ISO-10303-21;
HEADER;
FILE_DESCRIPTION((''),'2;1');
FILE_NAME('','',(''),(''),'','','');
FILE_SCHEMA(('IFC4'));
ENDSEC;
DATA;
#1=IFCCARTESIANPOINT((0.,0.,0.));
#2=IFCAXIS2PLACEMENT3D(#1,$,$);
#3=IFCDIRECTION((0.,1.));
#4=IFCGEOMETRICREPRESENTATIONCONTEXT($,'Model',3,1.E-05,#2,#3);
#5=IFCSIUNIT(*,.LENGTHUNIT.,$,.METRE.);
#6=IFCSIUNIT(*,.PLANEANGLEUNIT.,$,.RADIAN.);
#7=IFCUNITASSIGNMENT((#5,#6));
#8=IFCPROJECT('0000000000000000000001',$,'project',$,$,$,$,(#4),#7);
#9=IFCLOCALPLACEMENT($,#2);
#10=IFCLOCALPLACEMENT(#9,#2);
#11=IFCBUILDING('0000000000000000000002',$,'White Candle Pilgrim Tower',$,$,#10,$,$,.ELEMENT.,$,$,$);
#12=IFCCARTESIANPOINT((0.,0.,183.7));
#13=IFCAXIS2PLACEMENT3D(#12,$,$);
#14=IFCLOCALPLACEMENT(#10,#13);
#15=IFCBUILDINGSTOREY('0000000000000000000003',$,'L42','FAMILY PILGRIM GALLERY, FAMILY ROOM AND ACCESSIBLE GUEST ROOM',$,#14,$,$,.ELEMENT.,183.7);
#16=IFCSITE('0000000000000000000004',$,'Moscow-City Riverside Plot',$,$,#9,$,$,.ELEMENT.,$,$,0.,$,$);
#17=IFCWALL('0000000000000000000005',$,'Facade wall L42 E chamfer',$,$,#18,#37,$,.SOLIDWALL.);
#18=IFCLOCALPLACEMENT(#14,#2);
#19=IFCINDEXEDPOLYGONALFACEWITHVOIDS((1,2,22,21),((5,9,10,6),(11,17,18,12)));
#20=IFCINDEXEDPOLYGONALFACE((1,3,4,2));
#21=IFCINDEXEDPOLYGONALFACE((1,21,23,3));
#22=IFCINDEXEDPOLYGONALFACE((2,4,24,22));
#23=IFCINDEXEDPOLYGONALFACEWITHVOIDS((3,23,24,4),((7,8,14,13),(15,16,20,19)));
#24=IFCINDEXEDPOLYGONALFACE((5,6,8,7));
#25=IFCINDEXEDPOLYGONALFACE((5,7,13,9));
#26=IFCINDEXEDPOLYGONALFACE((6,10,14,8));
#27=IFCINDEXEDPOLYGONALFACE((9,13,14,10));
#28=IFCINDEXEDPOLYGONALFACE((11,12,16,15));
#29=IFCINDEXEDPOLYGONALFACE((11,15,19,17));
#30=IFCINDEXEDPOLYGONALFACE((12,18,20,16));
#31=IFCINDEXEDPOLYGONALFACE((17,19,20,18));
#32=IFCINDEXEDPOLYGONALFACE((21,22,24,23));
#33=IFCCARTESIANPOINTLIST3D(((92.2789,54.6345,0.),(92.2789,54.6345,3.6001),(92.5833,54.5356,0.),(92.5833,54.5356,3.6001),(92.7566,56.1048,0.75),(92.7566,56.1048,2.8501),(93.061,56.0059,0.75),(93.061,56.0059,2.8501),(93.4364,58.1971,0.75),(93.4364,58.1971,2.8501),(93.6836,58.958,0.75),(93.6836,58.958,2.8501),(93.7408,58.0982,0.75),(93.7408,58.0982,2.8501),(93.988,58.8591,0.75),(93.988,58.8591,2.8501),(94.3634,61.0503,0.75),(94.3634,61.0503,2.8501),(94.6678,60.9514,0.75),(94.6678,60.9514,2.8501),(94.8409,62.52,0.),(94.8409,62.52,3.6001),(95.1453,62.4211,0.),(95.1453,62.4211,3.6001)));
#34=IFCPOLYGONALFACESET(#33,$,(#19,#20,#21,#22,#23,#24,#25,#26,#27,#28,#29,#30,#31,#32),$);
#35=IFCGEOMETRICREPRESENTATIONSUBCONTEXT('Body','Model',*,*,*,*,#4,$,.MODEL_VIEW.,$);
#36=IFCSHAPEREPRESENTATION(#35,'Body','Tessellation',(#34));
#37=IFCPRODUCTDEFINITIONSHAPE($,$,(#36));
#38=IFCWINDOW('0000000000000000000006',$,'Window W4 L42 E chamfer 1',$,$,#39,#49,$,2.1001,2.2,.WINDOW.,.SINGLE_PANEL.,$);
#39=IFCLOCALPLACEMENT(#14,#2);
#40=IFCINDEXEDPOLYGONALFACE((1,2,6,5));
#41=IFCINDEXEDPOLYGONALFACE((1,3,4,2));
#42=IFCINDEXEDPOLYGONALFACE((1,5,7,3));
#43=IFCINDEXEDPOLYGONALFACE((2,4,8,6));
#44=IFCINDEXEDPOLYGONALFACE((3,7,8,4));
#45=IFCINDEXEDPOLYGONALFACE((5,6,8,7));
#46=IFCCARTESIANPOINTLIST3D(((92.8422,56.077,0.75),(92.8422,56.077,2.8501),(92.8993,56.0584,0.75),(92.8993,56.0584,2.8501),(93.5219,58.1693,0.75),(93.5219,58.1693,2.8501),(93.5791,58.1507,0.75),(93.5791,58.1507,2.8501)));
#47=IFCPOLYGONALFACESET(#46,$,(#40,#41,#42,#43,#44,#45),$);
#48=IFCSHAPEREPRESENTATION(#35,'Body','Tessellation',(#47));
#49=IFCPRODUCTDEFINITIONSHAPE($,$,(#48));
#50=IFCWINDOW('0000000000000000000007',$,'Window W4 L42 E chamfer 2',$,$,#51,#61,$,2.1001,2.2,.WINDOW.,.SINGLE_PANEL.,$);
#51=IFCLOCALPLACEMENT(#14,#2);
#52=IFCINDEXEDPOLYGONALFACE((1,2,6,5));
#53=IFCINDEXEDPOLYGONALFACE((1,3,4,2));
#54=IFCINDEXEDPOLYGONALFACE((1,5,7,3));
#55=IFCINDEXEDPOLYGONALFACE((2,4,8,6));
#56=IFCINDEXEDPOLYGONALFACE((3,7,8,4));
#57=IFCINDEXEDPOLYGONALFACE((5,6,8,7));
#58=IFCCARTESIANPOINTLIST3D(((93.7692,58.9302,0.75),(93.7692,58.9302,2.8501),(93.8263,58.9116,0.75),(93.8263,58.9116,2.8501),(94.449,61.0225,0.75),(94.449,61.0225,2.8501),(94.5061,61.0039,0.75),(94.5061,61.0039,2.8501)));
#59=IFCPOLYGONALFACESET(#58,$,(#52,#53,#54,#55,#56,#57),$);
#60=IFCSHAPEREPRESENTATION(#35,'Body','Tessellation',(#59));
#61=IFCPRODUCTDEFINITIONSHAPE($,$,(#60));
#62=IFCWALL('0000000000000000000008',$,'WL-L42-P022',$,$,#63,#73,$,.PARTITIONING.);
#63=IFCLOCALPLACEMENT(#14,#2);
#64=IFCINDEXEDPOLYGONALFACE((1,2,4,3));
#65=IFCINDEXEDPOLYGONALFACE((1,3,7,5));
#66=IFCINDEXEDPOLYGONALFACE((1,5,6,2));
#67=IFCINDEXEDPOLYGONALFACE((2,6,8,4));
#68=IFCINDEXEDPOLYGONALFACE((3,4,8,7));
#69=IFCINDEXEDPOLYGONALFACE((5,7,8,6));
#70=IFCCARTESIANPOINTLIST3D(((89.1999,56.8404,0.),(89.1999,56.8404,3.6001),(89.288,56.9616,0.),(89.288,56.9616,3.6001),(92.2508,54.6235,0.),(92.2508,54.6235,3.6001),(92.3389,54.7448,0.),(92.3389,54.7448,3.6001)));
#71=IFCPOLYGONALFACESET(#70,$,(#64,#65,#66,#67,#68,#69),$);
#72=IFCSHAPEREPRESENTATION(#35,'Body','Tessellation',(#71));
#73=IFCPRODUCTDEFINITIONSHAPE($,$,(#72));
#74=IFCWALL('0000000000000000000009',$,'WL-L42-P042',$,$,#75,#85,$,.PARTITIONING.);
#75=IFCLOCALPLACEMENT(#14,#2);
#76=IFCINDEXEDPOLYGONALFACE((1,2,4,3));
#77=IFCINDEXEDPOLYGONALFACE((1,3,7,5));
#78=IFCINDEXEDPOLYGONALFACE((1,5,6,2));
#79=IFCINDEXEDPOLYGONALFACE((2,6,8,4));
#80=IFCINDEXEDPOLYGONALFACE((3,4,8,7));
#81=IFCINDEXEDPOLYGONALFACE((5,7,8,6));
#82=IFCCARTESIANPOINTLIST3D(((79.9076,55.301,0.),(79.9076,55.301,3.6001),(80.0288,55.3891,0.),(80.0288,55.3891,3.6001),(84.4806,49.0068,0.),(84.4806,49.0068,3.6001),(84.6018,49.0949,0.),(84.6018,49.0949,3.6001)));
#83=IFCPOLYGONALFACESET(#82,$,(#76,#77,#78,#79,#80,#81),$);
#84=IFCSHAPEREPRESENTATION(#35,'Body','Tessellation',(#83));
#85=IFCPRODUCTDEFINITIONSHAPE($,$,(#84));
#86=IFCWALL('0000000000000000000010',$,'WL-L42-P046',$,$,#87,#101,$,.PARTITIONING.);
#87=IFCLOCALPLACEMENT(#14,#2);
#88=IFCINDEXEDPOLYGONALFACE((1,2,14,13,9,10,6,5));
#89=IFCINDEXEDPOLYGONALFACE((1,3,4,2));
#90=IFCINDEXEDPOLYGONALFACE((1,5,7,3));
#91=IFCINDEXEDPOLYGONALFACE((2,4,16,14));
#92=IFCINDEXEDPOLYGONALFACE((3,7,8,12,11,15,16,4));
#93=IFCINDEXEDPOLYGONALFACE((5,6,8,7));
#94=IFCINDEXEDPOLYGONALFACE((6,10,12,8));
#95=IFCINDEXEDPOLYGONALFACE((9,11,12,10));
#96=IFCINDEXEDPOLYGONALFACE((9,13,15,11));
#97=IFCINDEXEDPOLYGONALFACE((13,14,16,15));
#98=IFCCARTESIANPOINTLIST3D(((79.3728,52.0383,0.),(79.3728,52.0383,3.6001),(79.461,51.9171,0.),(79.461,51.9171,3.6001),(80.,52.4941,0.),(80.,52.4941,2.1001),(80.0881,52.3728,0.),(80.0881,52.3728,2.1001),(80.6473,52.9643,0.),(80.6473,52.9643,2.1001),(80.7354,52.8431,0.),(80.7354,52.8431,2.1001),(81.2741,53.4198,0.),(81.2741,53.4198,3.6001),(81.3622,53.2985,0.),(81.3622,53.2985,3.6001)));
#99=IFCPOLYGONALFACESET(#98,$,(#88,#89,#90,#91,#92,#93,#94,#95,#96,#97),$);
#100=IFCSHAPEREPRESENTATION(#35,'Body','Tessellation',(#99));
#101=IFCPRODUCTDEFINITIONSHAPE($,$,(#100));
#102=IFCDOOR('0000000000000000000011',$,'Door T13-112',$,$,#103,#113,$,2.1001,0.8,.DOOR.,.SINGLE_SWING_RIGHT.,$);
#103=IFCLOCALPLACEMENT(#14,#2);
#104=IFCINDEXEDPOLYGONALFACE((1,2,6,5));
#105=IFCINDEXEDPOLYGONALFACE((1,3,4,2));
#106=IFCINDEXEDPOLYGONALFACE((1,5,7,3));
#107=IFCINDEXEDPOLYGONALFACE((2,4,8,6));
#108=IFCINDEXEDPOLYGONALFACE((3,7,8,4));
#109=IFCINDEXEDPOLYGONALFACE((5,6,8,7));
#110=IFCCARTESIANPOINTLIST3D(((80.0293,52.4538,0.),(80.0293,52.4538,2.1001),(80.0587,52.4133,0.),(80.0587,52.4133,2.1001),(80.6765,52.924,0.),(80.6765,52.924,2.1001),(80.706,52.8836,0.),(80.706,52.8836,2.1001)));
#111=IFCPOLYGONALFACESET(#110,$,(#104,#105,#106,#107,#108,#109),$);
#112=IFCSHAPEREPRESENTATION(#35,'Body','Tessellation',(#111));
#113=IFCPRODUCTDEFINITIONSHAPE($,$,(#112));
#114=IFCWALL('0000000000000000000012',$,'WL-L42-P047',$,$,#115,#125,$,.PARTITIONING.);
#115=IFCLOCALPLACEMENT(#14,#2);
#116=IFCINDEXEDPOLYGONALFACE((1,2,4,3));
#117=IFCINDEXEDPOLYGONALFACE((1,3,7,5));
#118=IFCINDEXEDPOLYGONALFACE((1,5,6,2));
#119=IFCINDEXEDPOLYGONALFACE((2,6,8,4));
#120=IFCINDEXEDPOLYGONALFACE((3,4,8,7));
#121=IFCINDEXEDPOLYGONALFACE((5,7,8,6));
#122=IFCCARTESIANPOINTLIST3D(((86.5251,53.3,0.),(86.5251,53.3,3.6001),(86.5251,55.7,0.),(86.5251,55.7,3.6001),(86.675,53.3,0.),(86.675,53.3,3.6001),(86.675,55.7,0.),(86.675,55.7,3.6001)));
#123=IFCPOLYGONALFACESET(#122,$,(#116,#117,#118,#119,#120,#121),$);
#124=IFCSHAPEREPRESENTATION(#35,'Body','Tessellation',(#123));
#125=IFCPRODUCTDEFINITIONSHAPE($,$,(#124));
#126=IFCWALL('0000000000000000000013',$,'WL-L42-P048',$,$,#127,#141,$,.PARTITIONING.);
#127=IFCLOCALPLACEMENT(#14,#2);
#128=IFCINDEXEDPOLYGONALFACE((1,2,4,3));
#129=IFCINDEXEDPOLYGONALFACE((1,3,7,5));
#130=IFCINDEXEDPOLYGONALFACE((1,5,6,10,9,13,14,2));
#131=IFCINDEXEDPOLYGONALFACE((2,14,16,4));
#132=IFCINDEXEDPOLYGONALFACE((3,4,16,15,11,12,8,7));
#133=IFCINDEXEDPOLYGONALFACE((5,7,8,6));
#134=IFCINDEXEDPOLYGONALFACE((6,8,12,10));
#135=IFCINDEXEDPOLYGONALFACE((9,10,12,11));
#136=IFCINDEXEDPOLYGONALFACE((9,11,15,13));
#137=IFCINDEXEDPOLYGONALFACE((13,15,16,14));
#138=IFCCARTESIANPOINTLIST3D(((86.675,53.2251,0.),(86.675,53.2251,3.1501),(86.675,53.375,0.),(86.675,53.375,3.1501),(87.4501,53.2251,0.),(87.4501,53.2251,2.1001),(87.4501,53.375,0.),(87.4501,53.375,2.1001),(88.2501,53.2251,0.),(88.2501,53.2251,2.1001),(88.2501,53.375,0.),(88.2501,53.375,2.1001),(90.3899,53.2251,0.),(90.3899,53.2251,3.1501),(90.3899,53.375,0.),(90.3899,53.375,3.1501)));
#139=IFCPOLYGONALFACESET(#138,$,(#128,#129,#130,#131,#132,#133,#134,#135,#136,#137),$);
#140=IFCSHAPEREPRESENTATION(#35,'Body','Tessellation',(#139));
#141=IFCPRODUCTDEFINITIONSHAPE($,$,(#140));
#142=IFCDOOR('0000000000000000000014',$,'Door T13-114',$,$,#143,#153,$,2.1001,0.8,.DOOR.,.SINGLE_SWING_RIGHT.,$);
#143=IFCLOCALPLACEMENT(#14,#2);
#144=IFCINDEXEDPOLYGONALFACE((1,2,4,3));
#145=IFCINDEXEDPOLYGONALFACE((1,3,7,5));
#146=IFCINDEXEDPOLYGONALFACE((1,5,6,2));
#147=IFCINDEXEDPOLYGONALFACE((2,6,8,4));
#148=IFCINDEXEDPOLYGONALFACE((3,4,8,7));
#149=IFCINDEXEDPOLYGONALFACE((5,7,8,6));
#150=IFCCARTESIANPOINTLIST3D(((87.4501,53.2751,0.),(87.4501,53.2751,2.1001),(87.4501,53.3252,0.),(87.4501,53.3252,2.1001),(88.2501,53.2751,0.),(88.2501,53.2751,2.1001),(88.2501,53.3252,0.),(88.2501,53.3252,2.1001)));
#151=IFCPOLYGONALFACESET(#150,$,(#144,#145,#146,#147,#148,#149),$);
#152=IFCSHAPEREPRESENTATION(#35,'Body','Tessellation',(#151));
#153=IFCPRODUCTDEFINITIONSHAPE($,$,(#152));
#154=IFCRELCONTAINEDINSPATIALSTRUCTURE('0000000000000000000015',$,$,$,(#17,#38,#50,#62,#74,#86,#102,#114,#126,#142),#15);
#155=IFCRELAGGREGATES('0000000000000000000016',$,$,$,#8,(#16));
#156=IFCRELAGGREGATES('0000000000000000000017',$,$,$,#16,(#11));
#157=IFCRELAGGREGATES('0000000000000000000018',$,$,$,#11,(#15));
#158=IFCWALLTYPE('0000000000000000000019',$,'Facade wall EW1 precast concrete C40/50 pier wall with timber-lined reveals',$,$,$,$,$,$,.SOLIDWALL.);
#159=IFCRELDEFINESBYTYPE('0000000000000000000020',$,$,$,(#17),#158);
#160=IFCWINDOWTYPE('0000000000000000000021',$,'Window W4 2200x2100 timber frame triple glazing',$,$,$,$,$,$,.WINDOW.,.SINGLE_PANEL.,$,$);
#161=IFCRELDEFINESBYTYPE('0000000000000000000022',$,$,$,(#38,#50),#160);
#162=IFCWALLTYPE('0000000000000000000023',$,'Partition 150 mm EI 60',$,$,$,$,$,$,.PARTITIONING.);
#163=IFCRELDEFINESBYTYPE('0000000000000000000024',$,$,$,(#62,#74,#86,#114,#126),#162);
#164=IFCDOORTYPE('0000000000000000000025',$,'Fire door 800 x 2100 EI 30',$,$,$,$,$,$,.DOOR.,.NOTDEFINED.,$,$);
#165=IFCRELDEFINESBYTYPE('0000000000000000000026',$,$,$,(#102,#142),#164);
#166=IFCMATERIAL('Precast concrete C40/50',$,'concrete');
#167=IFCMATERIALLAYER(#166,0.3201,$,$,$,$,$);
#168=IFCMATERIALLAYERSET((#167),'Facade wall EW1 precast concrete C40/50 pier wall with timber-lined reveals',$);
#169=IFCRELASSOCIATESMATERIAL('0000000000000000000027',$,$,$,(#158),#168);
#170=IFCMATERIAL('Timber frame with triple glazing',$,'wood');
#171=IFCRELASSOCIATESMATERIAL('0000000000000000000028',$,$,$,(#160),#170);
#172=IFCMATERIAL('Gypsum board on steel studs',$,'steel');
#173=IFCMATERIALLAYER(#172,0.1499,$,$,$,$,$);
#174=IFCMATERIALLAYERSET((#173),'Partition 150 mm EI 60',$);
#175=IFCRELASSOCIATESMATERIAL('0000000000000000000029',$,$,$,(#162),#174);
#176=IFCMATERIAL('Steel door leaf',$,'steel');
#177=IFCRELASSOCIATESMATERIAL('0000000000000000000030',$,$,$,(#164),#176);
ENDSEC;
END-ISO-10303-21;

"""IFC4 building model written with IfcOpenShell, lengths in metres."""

from ifc_helpers import new_model, si_unit, direction, frame, frame_2d, origin, place, context, subcontext, project, spatial, rectangle, extrude, material, layer, layer_set, type_object, element, fill, save


model = new_model("IFC4")

# Units and contexts
model_context = context("Model", 3, precision=1e-05, world=origin(), true_north=direction((0.0, 1.0)))
body_context = subcontext(model_context, "Body", "Model", "MODEL_VIEW")
ifc_project = project(units=[si_unit("LENGTHUNIT", "METRE"), si_unit("PLANEANGLEUNIT", "RADIAN")], contexts=[model_context])

# Site, building, storey
site_placement = place(None, origin())
site = spatial("IfcSite", under=ifc_project, at=site_placement, Name="Moscow-City Riverside Plot", CompositionType="ELEMENT", RefElevation=0.0)
building_placement = place(site_placement, origin())
building = spatial("IfcBuilding", under=site, at=building_placement, Name="White Candle Pilgrim Tower", CompositionType="ELEMENT")
storey_placement = place(building_placement, frame((0.0, 0.0, 183.7)))
storey = spatial("IfcBuildingStorey", under=building, at=storey_placement, Name="L42", Description="FAMILY PILGRIM GALLERY, FAMILY ROOM AND ACCESSIBLE GUEST ROOM", CompositionType="ELEMENT", Elevation=183.7)

# Shared definitions
ifc_material_1 = material(Name="Gypsum board on steel studs", Category="steel")
ifc_material_2 = material(Name="Steel door leaf", Category="steel")

# Wall, openings, windows
ifc_material_3 = material(Name="Precast concrete C40/50", Category="concrete")
ifc_layer_1 = layer(ifc_material_3, 0.3201)
ifc_layer_set_1 = layer_set([ifc_layer_1], Name="Facade wall EW1 precast concrete C40/50 pier wall with timber-lined reveals")
wall_type_1 = type_object("IfcWallType", Name="Facade wall EW1 precast concrete C40/50 pier wall with timber-lined reveals", PredefinedType="SOLIDWALL", material=ifc_layer_set_1)
wall_1_placement = place(storey_placement, frame((92.4312, 54.5852, 0.0), z_axis=(0.0, 0.0, 1.0), x_axis=(0.309002, 0.951062, 0.0)))
wall_1 = element("IfcWall", 1, at=wall_1_placement, inside=storey, type_object=wall_type_1, Name="Facade wall L42 E chamfer", PredefinedType="SOLIDWALL", context=body_context, shape_type="SweptSolid", body=[
    extrude(rectangle(XDim=8.2913, YDim=0.3201, at=frame_2d((4.1455, 0.0))), origin(), (0.0, 0.0, 1.0), 3.6001),
])
opening_1_placement = place(wall_1_placement, frame((1.5457, 0.0, 0.75)))
opening_1 = element("IfcOpeningElement", 2, at=opening_1_placement, cuts=wall_1, PredefinedType="OPENING", context=body_context, shape_type="SweptSolid", body=[
    extrude(rectangle(XDim=2.2, YDim=2.1001, at=frame_2d((1.1001, 1.05))), frame((0.0, 0.1699, 0.0), z_axis=(0.0, -1.0, 0.0), x_axis=(1.0, 0.0, 0.0)), (0.0, 0.0, 1.0), 0.3401),
])
opening_2_placement = place(wall_1_placement, frame((4.5457, 0.0, 0.75)))
opening_2 = element("IfcOpeningElement", 3, at=opening_2_placement, cuts=wall_1, PredefinedType="OPENING", context=body_context, shape_type="SweptSolid", body=[
    extrude(rectangle(XDim=2.2, YDim=2.1001, at=frame_2d((1.1001, 1.05))), frame((0.0, 0.1699, 0.0), z_axis=(0.0, -1.0, 0.0), x_axis=(1.0, 0.0, 0.0)), (0.0, 0.0, 1.0), 0.3401),
])
ifc_material_4 = material(Name="Timber frame with triple glazing", Category="wood")
window_type = type_object("IfcWindowType", Name="Window W4 2200x2100 timber frame triple glazing", PartitioningType="SINGLE_PANEL", PredefinedType="WINDOW", material=ifc_material_4)
window_1_placement = place(opening_1_placement, origin())
window_1 = element("IfcWindow", 4, at=window_1_placement, inside=storey, type_object=window_type, Name="Window W4 L42 E chamfer 1", OverallHeight=2.1001, OverallWidth=2.2, PartitioningType="SINGLE_PANEL", PredefinedType="WINDOW", context=body_context, shape_type="SweptSolid", body=[
    extrude(rectangle(XDim=2.2, YDim=2.1001, at=frame_2d((1.1001, 1.05))), frame((0.0, 0.0701, 0.0), z_axis=(0.0, -1.0, 0.0), x_axis=(1.0, 0.0, 0.0)), (0.0, 0.0, 1.0), 0.0601),
])
fill(opening_1, window_1)
window_2_placement = place(opening_2_placement, origin())
window_2 = element("IfcWindow", 5, at=window_2_placement, inside=storey, type_object=window_type, Name="Window W4 L42 E chamfer 2", OverallHeight=2.1001, OverallWidth=2.2, PartitioningType="SINGLE_PANEL", PredefinedType="WINDOW", context=body_context, shape_type="SweptSolid", body=[
    extrude(rectangle(XDim=2.2, YDim=2.1001, at=frame_2d((1.1001, 1.05))), frame((0.0, 0.0701, 0.0), z_axis=(0.0, -1.0, 0.0), x_axis=(1.0, 0.0, 0.0)), (0.0, 0.0, 1.0), 0.0601),
])
fill(opening_2, window_2)

# Walls
ifc_layer_2 = layer(ifc_material_1, 0.1499)
ifc_layer_set_2 = layer_set([ifc_layer_2], Name="Partition 150 mm EI 60")
wall_type_2 = type_object("IfcWallType", Name="Partition 150 mm EI 60", PredefinedType="PARTITIONING", material=ifc_layer_set_2)
wall_2_placement = place(storey_placement, frame((92.2949, 54.6841, 0.0), z_axis=(0.0, 0.0, 1.0), x_axis=(-0.808982, 0.587833, 0.0)))
element("IfcWall", 6, at=wall_2_placement, inside=storey, type_object=wall_type_2, Name="WL-L42-P022", PredefinedType="PARTITIONING", context=body_context, shape_type="SweptSolid", body=[
    extrude(rectangle(XDim=3.7712, YDim=0.1499, at=frame_2d((1.8857, 0.0))), origin(), (0.0, 0.0, 1.0), 3.6001),
])
wall_3_placement = place(storey_placement, frame((84.5413, 49.0508, 0.0), z_axis=(0.0, 0.0, 1.0), x_axis=(-0.587785, 0.809017, 0.0)))
element("IfcWall", 7, at=wall_3_placement, inside=storey, type_object=wall_type_2, Name="WL-L42-P042", PredefinedType="PARTITIONING", context=body_context, shape_type="SweptSolid", body=[
    extrude(rectangle(XDim=7.78, YDim=0.1499, at=frame_2d((3.8901, 0.0))), origin(), (0.0, 0.0, 1.0), 3.6001),
])

# Wall, opening, door
wall_4_placement = place(storey_placement, frame((81.3181, 53.3591, 0.0), z_axis=(0.0, 0.0, 1.0), x_axis=(-0.808997, -0.587813, 0.0)))
wall_4 = element("IfcWall", 8, at=wall_4_placement, inside=storey, type_object=wall_type_2, Name="WL-L42-P046", PredefinedType="PARTITIONING", context=body_context, shape_type="SweptSolid", body=[
    extrude(rectangle(XDim=2.3501, YDim=0.1499, at=frame_2d((1.175, 0.0))), origin(), (0.0, 0.0, 1.0), 3.6001),
])
opening_3_placement = place(wall_4_placement, frame((0.7749, 0.0, 0.0)))
opening_3 = element("IfcOpeningElement", 9, at=opening_3_placement, cuts=wall_4, PredefinedType="OPENING", context=body_context, shape_type="SweptSolid", body=[
    extrude(rectangle(XDim=0.8, YDim=2.1001, at=frame_2d((0.3999, 1.05))), frame((0.0, 0.085, 0.0), z_axis=(0.0, -1.0, 0.0), x_axis=(1.0, 0.0, 0.0)), (0.0, 0.0, 1.0), 0.1699),
])
door_type_1 = type_object("IfcDoorType", Name="Fire door 800 x 2100 EI 30", OperationType="NOTDEFINED", PredefinedType="DOOR", material=ifc_material_2)
door_1_placement = place(opening_3_placement, origin())
door_1 = element("IfcDoor", 10, at=door_1_placement, inside=storey, type_object=door_type_1, Name="Door T13-112", OperationType="SINGLE_SWING_RIGHT", OverallHeight=2.1001, OverallWidth=0.8, PredefinedType="DOOR", context=body_context, shape_type="SweptSolid", body=[
    extrude(rectangle(XDim=0.8, YDim=2.1001, at=frame_2d((0.3999, 1.05))), frame((0.0, 0.0249, 0.0), z_axis=(0.0, -1.0, 0.0), x_axis=(1.0, 0.0, 0.0)), (0.0, 0.0, 1.0), 0.05),
])
fill(opening_3, door_1)

# Wall
wall_5_placement = place(storey_placement, frame((86.6001, 55.7, 0.0), z_axis=(0.0, 0.0, 1.0), x_axis=(0.0, -1.0, 0.0)))
element("IfcWall", 11, at=wall_5_placement, inside=storey, type_object=wall_type_2, Name="WL-L42-P047", PredefinedType="PARTITIONING", context=body_context, shape_type="SweptSolid", body=[
    extrude(rectangle(XDim=2.3999, YDim=0.1499, at=frame_2d((1.2, 0.0))), origin(), (0.0, 0.0, 1.0), 3.6001),
])

# Wall, opening, door
wall_6_placement = place(storey_placement, frame((90.3899, 53.3, 0.0), z_axis=(0.0, 0.0, 1.0), x_axis=(-1.0, 0.0, 0.0)))
wall_6 = element("IfcWall", 12, at=wall_6_placement, inside=storey, type_object=wall_type_2, Name="WL-L42-P048", PredefinedType="PARTITIONING", context=body_context, shape_type="SweptSolid", body=[
    extrude(rectangle(XDim=3.7148, YDim=0.1499, at=frame_2d((1.8574, 0.0))), origin(), (0.0, 0.0, 1.0), 3.1501),
])
opening_4_placement = place(wall_6_placement, frame((2.1399, 0.0, 0.0)))
opening_4 = element("IfcOpeningElement", 13, at=opening_4_placement, cuts=wall_6, PredefinedType="OPENING", context=body_context, shape_type="SweptSolid", body=[
    extrude(rectangle(XDim=0.8, YDim=2.1001, at=frame_2d((0.3999, 1.05))), frame((0.0, 0.085, 0.0), z_axis=(0.0, -1.0, 0.0), x_axis=(1.0, 0.0, 0.0)), (0.0, 0.0, 1.0), 0.1699),
])
door_2_placement = place(opening_4_placement, origin())
door_2 = element("IfcDoor", 14, at=door_2_placement, inside=storey, type_object=door_type_1, Name="Door T13-114", OperationType="SINGLE_SWING_RIGHT", OverallHeight=2.1001, OverallWidth=0.8, PredefinedType="DOOR", context=body_context, shape_type="SweptSolid", body=[
    extrude(rectangle(XDim=0.8, YDim=2.1001, at=frame_2d((0.3999, 1.05))), frame((0.0, 0.0249, 0.0), z_axis=(0.0, -1.0, 0.0), x_axis=(1.0, 0.0, 0.0)), (0.0, 0.0, 1.0), 0.05),
])
fill(opening_4, door_2)

save(model, "model.ifc")
